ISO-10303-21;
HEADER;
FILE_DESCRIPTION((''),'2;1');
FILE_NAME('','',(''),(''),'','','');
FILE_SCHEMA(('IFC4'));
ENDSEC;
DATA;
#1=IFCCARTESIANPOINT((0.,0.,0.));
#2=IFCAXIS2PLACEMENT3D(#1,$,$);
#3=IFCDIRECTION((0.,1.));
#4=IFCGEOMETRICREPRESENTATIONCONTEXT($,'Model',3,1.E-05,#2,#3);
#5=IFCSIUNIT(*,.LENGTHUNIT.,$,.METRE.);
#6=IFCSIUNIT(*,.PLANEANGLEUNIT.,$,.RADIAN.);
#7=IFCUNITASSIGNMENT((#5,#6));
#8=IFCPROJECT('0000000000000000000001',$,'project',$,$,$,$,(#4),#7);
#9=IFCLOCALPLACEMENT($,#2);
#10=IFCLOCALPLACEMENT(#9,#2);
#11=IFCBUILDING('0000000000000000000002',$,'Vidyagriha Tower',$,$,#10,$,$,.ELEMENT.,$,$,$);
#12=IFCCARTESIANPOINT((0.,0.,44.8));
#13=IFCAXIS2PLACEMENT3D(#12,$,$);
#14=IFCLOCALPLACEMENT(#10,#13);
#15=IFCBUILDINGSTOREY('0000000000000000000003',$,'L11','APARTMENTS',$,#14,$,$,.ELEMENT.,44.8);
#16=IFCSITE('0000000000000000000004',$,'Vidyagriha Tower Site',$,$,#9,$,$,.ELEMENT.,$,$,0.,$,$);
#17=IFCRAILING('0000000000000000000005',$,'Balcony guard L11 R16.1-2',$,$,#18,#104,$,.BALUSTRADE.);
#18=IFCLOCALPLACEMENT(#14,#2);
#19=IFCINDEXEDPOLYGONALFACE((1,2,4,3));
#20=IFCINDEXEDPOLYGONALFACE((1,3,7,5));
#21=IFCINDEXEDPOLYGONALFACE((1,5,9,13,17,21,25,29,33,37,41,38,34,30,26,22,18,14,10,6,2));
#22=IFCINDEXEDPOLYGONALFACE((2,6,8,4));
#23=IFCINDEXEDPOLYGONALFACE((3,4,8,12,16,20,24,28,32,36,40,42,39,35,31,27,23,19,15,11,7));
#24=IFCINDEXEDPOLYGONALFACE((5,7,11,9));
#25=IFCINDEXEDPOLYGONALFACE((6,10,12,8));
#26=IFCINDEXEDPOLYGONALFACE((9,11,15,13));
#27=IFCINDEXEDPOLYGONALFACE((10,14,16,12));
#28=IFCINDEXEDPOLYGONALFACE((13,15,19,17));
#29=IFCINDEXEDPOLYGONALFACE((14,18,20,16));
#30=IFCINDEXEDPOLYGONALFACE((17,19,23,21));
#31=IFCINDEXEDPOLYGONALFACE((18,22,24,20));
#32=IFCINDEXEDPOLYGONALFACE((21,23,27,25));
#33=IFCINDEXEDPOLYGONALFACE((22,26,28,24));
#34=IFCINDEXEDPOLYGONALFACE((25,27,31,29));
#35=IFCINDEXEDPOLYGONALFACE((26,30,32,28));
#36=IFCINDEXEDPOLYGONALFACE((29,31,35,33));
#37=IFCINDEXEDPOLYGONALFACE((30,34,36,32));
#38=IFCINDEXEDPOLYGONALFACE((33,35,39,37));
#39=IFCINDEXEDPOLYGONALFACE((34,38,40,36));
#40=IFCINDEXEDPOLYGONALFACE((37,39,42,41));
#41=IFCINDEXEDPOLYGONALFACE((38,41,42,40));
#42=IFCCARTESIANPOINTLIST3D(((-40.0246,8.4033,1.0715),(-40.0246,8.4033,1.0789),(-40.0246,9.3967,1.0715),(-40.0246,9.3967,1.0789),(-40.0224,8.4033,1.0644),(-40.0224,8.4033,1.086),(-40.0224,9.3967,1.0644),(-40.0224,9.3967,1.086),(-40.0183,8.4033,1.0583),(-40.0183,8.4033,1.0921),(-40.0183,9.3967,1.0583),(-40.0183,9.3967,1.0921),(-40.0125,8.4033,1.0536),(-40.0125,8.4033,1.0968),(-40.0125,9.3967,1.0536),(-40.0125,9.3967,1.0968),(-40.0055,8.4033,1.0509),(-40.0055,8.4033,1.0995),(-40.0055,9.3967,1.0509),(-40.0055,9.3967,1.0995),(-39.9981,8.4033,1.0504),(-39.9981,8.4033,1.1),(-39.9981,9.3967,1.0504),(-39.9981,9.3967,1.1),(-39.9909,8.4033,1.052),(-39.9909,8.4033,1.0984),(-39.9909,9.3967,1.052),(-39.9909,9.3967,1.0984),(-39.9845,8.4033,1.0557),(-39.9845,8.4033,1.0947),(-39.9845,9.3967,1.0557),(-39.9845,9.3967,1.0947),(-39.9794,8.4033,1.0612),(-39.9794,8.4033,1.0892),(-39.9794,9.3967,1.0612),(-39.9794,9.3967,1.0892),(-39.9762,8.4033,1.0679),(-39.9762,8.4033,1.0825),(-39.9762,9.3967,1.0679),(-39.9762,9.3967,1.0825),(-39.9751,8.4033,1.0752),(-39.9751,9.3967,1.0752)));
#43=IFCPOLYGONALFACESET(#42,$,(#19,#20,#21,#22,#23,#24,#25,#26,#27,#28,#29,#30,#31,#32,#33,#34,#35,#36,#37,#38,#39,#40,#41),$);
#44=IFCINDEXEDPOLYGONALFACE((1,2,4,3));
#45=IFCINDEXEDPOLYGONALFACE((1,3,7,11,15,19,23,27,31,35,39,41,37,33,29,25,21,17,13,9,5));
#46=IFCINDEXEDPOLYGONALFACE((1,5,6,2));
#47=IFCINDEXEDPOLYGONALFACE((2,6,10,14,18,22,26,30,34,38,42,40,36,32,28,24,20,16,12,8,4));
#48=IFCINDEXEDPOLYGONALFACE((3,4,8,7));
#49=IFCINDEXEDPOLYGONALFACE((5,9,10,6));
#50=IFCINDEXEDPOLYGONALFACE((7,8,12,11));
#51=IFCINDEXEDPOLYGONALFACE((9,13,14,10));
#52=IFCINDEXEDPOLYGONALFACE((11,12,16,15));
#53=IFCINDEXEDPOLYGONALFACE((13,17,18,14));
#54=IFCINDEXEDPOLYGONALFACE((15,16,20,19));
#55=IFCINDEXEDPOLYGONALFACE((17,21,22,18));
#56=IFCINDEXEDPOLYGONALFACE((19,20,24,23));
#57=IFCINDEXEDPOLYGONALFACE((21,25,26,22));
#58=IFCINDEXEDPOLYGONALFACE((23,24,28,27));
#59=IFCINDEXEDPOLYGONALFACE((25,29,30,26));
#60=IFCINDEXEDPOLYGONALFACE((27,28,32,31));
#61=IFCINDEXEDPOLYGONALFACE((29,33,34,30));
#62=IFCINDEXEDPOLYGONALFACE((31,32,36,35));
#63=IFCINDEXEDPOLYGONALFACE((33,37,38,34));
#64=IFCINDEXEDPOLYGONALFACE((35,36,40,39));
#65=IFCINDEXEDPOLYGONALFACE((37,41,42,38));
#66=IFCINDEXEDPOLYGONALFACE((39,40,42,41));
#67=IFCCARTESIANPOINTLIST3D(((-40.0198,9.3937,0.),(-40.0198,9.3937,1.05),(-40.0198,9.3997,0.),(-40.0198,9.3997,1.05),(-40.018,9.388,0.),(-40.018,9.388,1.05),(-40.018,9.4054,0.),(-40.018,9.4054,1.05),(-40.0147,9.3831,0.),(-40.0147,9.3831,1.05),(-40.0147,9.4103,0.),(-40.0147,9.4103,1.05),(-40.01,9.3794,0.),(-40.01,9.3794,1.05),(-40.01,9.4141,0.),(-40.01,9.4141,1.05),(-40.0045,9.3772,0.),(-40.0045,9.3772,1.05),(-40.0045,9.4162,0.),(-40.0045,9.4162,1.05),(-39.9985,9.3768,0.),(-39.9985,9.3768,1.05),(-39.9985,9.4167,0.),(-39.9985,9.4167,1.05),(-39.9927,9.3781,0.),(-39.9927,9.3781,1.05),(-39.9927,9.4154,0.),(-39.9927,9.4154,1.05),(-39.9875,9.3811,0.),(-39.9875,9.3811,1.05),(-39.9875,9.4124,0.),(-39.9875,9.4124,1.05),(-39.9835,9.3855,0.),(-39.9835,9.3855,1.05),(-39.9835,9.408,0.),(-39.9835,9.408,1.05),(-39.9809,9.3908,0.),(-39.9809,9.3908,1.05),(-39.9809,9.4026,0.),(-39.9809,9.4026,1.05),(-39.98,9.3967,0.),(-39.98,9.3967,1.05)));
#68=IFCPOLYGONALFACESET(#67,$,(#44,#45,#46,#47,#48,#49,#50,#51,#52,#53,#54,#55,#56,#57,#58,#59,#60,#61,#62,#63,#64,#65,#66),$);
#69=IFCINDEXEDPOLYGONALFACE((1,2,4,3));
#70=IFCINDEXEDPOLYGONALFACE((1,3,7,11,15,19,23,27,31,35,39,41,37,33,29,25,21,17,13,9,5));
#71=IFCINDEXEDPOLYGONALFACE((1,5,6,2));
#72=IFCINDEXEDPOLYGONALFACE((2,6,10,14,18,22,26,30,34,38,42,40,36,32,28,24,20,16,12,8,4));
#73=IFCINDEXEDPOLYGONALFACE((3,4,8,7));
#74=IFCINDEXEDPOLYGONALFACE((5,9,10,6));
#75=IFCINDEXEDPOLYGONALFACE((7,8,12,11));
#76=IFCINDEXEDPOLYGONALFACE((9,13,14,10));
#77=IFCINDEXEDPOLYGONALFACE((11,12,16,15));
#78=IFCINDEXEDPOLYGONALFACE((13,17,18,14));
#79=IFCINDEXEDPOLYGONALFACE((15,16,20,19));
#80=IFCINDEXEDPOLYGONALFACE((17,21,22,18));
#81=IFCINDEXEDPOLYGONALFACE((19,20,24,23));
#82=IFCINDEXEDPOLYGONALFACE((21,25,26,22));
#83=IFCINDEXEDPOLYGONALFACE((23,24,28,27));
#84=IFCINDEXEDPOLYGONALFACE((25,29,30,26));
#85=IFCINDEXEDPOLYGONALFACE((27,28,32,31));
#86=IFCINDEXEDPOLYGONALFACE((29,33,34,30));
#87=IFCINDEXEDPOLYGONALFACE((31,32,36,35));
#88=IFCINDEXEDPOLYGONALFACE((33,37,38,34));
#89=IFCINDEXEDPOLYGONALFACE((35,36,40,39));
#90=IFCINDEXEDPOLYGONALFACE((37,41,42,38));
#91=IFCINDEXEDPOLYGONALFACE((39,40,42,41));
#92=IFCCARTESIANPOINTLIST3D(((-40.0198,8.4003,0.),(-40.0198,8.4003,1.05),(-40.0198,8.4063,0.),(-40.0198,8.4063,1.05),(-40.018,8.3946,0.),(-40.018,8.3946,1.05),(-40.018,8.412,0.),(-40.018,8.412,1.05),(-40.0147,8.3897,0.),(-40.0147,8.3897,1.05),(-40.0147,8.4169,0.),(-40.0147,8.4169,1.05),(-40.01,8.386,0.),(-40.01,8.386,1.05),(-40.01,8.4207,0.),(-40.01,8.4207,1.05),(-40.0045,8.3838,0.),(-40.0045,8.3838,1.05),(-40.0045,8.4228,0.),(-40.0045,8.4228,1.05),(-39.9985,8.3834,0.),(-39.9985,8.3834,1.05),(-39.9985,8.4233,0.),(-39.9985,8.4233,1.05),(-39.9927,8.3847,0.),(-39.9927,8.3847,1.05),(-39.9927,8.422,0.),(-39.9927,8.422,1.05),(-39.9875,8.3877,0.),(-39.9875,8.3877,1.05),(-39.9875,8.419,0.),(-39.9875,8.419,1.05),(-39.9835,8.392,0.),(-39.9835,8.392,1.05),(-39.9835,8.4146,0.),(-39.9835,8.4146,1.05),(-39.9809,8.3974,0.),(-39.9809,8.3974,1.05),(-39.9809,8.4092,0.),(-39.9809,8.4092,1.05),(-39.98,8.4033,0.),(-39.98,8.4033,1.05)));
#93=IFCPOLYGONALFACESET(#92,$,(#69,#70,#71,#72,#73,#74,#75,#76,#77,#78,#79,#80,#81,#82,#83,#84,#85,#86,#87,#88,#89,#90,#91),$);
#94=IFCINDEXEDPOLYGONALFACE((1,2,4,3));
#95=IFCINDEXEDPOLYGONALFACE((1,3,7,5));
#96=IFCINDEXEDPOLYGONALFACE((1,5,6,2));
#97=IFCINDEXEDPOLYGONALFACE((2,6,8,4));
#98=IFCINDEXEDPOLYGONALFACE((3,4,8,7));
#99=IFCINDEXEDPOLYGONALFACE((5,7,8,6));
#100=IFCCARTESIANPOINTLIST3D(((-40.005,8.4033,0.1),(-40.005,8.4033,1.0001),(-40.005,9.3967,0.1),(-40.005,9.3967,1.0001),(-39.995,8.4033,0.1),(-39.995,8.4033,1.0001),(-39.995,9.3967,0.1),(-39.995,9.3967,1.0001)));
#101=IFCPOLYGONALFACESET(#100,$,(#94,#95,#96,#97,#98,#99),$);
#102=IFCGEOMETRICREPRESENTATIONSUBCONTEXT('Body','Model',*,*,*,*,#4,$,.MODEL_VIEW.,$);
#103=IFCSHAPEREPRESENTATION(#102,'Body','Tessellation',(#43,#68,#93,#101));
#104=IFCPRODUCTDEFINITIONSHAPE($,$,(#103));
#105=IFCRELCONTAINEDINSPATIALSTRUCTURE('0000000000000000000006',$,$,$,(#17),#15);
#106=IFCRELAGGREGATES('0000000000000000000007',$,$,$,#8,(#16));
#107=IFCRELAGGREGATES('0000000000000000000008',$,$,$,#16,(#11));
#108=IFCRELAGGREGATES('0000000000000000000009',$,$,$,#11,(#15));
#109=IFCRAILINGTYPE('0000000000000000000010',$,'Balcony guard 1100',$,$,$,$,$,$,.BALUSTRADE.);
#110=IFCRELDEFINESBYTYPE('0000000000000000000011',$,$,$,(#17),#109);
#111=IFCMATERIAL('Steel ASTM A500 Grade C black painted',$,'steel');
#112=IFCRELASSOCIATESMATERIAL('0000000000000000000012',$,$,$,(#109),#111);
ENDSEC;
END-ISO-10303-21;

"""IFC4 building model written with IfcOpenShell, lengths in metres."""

from ifc_helpers import new_model, si_unit, direction, frame, origin, origin_2d, place, context, subcontext, project, spatial, rectangle, circle, extrude, material, type_object, element, save


model = new_model("IFC4")

# Units and contexts
model_context = context("Model", 3, precision=1e-05, world=origin(), true_north=direction((0.0, 1.0)))
body_context = subcontext(model_context, "Body", "Model", "MODEL_VIEW")
ifc_project = project(units=[si_unit("LENGTHUNIT", "METRE"), si_unit("PLANEANGLEUNIT", "RADIAN")], contexts=[model_context])

# Site, building, storey
site_placement = place(None, origin())
site = spatial("IfcSite", under=ifc_project, at=site_placement, Name="Vidyagriha Tower Site", CompositionType="ELEMENT", RefElevation=0.0)
building_placement = place(site_placement, origin())
building = spatial("IfcBuilding", under=site, at=building_placement, Name="Vidyagriha Tower", CompositionType="ELEMENT")
storey_placement = place(building_placement, frame((0.0, 0.0, 44.8)))
storey = spatial("IfcBuildingStorey", under=building, at=storey_placement, Name="L11", Description="APARTMENTS", CompositionType="ELEMENT", Elevation=44.8)

# Railing
ifc_material_1 = material(Name="Steel ASTM A500 Grade C black painted", Category="steel")
railing_type_1 = type_object("IfcRailingType", Name="Balcony guard 1100", PredefinedType="BALUSTRADE", material=ifc_material_1)
railing_1_placement = place(storey_placement, frame((-40.0, 9.3967, 0.0)))
element("IfcRailing", 1, at=railing_1_placement, inside=storey, type_object=railing_type_1, Name="Balcony guard L11 R16.1-2", PredefinedType="BALUSTRADE", context=body_context, shape_type="SweptSolid", body=[
    extrude(circle(Radius=0.0249, at=origin_2d()), frame((0.0, 0.0, 1.0752), z_axis=(0.0, -1.0, 0.0), x_axis=(1.0, 0.0, 0.0)), (0.0, 0.0, 1.0), 0.9934),
    extrude(circle(Radius=0.02, at=origin_2d()), origin(), (0.0, 0.0, 1.0), 1.05),
    extrude(circle(Radius=0.02, at=origin_2d()), frame((0.0, -0.9934, 0.0)), (0.0, 0.0, 1.0), 1.05),
    extrude(rectangle(XDim=0.01, YDim=0.9001, at=origin_2d()), frame((0.0, 0.0, 0.55), z_axis=(0.0, -1.0, 0.0), x_axis=(1.0, 0.0, 0.0)), (0.0, 0.0, 1.0), 0.9934),
])

save(model, "model.ifc")
